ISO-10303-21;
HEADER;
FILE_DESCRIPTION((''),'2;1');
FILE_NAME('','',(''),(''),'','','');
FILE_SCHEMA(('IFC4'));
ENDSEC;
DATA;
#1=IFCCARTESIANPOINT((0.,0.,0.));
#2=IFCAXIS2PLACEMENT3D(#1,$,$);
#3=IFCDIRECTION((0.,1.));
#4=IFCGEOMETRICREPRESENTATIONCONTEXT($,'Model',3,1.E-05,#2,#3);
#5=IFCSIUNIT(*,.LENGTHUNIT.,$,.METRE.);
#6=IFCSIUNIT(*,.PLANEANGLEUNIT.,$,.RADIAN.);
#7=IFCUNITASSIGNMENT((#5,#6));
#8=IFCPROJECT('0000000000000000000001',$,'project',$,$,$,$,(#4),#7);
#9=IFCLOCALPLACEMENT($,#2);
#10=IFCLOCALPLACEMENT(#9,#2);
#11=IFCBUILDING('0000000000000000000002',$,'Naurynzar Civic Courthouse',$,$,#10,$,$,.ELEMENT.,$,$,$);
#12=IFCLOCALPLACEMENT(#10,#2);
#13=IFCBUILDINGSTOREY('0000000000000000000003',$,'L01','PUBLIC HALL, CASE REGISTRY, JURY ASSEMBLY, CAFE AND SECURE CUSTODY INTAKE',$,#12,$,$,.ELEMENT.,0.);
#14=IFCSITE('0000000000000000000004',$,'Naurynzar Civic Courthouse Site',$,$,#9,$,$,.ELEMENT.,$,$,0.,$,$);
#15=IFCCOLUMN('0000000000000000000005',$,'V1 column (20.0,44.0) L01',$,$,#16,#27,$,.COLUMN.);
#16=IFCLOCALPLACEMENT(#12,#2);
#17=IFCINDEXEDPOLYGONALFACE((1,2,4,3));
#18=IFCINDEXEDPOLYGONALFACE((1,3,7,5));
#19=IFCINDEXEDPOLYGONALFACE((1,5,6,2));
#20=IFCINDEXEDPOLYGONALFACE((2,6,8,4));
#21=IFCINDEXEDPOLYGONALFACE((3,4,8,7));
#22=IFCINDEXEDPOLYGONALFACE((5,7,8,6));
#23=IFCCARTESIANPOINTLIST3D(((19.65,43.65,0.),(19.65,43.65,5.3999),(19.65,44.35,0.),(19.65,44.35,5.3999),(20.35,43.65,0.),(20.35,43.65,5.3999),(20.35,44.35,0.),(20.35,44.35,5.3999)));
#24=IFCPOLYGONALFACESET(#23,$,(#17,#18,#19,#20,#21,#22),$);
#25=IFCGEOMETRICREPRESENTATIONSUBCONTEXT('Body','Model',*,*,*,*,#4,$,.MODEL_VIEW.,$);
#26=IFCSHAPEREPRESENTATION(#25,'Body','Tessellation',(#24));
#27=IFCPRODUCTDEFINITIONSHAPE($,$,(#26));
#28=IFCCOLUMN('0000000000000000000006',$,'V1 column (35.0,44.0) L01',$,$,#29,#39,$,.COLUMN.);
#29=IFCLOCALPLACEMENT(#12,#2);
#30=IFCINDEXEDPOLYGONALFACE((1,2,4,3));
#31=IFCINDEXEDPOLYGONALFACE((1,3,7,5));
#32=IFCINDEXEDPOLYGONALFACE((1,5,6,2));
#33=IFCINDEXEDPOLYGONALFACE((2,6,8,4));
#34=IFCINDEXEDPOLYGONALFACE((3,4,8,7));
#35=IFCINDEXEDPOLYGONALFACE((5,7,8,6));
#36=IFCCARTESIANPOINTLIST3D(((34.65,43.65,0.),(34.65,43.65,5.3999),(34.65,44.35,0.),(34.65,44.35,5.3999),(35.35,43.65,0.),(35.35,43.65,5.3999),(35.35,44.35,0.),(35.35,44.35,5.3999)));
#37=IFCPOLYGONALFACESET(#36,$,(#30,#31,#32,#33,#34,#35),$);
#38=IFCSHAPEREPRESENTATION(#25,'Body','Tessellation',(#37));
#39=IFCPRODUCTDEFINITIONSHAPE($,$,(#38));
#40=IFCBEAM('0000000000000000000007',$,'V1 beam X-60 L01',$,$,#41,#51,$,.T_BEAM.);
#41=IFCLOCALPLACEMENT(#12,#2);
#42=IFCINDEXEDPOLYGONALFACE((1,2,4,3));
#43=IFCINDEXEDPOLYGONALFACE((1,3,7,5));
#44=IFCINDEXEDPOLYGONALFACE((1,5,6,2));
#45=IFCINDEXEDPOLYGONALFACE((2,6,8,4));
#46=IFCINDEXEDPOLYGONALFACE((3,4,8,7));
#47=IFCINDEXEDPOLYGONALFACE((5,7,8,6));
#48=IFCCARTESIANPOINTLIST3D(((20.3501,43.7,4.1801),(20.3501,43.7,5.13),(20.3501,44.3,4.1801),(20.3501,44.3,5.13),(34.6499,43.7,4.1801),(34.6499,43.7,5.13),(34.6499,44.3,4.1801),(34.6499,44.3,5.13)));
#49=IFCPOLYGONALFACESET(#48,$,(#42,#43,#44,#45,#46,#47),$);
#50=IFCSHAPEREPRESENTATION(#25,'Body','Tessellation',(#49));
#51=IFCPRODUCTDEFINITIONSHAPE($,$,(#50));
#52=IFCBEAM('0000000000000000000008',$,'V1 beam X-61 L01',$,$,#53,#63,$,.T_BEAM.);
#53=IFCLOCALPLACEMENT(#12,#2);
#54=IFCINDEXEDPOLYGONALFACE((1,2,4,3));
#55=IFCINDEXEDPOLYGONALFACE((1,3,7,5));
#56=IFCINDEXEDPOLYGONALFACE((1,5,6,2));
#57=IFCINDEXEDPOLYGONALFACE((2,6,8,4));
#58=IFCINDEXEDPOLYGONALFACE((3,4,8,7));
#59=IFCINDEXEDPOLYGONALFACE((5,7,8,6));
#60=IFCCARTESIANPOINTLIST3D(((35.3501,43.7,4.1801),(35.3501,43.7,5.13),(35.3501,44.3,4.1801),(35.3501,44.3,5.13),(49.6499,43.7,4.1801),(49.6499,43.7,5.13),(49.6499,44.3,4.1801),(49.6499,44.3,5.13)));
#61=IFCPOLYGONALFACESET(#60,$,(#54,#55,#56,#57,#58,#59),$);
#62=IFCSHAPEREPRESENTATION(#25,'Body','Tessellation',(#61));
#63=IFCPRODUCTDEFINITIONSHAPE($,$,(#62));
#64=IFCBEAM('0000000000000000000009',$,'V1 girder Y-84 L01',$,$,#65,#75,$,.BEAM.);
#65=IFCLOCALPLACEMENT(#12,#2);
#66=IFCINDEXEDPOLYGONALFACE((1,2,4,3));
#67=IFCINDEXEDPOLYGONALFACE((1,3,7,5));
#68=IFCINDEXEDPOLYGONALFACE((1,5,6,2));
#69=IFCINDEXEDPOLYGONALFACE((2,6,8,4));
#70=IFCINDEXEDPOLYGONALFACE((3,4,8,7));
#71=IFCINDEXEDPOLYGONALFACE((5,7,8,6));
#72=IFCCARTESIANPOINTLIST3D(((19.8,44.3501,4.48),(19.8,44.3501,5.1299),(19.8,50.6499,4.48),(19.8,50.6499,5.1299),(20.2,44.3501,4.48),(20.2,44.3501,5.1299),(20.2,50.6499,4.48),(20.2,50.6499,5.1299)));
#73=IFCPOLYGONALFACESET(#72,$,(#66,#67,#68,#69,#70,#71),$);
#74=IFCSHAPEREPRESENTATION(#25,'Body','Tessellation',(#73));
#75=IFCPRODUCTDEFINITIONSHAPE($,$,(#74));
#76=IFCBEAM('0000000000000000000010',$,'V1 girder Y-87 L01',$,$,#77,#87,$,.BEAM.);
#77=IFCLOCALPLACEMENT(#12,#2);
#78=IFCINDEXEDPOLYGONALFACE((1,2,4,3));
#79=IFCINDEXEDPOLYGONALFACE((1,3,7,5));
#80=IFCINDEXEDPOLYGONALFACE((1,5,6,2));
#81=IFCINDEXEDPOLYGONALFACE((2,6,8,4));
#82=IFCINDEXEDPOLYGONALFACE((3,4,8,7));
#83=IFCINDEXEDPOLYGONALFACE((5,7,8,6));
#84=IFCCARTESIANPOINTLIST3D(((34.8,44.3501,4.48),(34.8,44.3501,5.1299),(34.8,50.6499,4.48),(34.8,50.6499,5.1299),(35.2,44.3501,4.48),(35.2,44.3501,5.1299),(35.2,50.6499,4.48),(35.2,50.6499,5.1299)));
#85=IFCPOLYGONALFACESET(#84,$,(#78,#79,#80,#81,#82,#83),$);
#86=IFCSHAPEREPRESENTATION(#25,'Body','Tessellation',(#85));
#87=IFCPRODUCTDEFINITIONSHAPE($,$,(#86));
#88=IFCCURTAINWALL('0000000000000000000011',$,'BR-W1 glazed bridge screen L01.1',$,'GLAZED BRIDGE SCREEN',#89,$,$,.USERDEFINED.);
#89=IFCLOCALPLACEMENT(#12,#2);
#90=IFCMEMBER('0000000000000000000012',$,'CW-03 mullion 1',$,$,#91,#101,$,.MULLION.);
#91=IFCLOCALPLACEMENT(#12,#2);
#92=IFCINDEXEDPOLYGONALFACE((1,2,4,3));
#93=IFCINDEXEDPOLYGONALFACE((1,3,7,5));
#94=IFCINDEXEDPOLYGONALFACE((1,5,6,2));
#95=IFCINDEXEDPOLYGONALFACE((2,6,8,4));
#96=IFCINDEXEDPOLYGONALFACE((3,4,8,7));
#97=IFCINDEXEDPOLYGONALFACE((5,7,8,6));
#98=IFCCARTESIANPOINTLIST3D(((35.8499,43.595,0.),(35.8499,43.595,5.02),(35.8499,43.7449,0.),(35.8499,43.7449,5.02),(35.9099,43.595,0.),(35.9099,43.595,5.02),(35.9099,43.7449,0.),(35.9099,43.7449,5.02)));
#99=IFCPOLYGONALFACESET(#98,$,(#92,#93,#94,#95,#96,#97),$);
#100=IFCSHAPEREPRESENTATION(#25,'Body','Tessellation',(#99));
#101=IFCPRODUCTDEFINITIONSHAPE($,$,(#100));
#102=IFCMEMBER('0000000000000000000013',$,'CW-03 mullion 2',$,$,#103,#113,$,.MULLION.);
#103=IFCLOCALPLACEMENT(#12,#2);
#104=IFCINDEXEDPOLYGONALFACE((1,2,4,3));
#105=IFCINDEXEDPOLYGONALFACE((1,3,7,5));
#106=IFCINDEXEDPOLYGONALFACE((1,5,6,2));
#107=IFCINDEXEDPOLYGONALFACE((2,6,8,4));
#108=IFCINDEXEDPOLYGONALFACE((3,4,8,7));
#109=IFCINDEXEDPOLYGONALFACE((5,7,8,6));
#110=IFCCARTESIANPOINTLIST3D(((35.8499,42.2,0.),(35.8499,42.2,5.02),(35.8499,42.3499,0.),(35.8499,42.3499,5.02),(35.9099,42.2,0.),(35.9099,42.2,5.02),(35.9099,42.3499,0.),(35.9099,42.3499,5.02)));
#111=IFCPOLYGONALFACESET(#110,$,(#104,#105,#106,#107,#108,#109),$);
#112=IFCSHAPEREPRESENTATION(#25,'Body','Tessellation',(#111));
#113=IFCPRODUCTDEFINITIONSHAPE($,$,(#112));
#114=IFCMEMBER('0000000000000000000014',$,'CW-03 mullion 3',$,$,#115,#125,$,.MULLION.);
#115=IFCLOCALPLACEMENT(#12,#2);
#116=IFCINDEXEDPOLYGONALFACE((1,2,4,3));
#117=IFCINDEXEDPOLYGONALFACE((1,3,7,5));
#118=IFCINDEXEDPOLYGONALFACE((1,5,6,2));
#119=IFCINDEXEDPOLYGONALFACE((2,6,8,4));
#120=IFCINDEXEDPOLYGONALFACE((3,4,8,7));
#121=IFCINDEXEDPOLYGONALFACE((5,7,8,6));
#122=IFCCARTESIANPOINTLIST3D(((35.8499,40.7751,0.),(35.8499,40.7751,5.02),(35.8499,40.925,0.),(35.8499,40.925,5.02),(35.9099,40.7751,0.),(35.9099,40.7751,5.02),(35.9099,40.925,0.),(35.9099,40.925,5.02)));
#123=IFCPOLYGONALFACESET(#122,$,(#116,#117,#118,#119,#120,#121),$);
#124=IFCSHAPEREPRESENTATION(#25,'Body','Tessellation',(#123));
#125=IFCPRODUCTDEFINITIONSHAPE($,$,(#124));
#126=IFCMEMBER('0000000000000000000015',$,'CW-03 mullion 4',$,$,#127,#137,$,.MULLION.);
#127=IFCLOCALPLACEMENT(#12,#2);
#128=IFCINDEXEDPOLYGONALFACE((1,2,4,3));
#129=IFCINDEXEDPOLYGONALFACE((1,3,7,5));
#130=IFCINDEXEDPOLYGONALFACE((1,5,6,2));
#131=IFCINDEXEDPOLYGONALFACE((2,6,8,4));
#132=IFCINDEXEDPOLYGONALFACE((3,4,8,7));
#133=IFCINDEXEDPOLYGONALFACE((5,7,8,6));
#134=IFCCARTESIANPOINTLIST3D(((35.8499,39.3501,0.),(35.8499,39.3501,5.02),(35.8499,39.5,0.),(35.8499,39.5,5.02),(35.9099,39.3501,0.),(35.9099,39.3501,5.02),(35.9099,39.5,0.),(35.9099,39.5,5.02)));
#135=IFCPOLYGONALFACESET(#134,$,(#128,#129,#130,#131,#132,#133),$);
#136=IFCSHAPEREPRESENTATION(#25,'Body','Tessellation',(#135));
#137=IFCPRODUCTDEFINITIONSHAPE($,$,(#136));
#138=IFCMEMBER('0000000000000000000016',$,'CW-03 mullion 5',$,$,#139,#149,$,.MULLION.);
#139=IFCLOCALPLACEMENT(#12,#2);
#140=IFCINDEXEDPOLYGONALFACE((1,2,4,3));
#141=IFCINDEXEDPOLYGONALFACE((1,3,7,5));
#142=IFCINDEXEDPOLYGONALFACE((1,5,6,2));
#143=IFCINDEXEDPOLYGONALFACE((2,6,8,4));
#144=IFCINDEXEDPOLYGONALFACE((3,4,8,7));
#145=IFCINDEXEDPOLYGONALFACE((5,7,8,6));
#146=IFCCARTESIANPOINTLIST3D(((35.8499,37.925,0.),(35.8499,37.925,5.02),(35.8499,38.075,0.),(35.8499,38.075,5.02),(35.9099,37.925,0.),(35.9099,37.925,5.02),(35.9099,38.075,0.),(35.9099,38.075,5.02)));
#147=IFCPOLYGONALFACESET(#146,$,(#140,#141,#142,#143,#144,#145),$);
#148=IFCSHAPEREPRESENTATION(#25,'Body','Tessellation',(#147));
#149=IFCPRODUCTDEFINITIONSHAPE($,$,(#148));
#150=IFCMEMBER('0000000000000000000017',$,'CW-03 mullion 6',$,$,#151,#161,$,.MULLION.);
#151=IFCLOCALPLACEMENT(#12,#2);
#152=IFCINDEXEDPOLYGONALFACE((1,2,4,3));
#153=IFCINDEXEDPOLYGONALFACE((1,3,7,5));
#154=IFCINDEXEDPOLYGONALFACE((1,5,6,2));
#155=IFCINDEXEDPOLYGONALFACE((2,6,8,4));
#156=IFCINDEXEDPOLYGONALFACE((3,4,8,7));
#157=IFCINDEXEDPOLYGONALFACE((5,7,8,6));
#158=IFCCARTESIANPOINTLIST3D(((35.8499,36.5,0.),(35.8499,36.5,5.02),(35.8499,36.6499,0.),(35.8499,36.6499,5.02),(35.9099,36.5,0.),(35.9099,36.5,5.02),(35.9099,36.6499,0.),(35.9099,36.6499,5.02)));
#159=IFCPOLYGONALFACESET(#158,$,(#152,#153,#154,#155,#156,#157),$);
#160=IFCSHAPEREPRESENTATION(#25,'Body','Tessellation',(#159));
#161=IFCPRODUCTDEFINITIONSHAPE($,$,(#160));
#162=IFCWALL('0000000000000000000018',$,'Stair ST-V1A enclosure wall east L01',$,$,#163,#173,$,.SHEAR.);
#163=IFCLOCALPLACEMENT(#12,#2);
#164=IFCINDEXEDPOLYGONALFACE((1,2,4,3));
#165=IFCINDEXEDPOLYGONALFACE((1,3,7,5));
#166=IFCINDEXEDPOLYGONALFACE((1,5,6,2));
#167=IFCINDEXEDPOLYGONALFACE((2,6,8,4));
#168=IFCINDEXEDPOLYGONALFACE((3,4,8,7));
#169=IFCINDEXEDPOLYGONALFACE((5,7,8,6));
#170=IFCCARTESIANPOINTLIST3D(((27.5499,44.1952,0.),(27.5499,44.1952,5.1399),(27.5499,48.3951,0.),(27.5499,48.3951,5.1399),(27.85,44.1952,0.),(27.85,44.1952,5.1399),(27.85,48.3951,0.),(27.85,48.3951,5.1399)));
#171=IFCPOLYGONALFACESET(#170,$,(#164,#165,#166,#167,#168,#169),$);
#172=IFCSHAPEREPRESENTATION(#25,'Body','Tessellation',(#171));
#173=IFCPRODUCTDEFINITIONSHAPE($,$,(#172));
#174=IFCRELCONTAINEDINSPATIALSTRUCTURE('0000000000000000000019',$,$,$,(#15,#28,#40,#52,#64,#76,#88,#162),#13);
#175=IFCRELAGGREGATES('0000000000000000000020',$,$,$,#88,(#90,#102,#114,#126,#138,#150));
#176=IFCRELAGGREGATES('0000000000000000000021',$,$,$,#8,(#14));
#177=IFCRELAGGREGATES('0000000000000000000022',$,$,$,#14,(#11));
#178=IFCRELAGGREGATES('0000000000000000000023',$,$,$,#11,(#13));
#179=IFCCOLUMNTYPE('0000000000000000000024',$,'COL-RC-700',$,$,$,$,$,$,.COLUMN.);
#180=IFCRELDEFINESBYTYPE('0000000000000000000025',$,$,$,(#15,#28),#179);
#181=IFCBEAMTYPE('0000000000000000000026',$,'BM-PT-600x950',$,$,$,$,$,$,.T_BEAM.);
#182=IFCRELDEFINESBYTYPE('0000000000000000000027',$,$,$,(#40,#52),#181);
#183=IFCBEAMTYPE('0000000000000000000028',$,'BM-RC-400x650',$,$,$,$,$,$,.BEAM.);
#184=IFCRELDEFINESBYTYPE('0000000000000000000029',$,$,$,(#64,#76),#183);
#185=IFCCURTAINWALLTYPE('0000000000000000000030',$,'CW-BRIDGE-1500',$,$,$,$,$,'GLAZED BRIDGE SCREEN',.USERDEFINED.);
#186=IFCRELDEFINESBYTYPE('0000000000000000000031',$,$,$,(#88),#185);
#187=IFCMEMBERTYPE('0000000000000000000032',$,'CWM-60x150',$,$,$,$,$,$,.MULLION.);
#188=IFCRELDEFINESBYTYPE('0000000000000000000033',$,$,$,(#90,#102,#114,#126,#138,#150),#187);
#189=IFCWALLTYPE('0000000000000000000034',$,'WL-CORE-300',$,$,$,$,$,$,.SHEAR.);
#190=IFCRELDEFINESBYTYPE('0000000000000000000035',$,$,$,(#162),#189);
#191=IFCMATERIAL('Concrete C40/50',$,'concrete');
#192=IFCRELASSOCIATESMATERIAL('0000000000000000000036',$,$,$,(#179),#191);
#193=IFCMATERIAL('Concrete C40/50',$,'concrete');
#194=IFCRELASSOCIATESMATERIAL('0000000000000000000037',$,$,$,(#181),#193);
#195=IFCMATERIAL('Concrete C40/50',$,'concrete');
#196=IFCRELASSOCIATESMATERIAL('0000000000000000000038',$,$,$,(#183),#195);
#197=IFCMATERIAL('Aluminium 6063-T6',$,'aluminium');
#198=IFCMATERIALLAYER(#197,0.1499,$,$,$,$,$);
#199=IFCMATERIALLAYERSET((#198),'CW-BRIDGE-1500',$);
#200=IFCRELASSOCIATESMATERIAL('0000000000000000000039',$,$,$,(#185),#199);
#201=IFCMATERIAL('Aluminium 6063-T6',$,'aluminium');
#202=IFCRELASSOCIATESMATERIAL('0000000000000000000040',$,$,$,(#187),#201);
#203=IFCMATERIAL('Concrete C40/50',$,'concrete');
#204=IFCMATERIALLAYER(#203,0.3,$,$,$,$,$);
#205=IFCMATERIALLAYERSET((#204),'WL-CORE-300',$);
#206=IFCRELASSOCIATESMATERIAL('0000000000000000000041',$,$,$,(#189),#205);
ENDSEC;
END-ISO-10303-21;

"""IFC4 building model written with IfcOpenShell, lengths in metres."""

from ifc_helpers import new_model, si_unit, direction, frame, frame_2d, origin, origin_2d, place, context, subcontext, project, spatial, rectangle, extrude, material, layer, layer_set, material_profile, profile_set, type_object, element, aggregate, save


model = new_model("IFC4")

# Units and contexts
model_context = context("Model", 3, precision=1e-05, world=origin(), true_north=direction((0.0, 1.0)))
body_context = subcontext(model_context, "Body", "Model", "MODEL_VIEW")
ifc_project = project(units=[si_unit("LENGTHUNIT", "METRE"), si_unit("PLANEANGLEUNIT", "RADIAN")], contexts=[model_context])

# Site, building, storey
site_placement = place(None, origin())
site = spatial("IfcSite", under=ifc_project, at=site_placement, Name="Naurynzar Civic Courthouse Site", CompositionType="ELEMENT", RefElevation=0.0)
building_placement = place(site_placement, origin())
building = spatial("IfcBuilding", under=site, at=building_placement, Name="Naurynzar Civic Courthouse", CompositionType="ELEMENT")
storey_placement = place(building_placement, origin())
storey = spatial("IfcBuildingStorey", under=building, at=storey_placement, Name="L01", Description="PUBLIC HALL, CASE REGISTRY, JURY ASSEMBLY, CAFE AND SECURE CUSTODY INTAKE", CompositionType="ELEMENT", Elevation=0.0)

# Columns
ifc_material_1 = material(Name="Concrete C40/50", Category="concrete")
ifc_material_profile_1 = material_profile(ifc_material_1, rectangle(XDim=0.7, YDim=0.7, at=origin_2d()), Name="RC 700x700")
ifc_profile_set_1 = profile_set([ifc_material_profile_1], Name="Concrete C40/50")
column_type = type_object("IfcColumnType", Name="COL-RC-700", PredefinedType="COLUMN", material=ifc_profile_set_1)
for number, where, z_axis, x_axis, name in (
    (1, (20.0, 44.0, 0.0), (0.0, 0.0, 1.0), (1.0, 0.0, 0.0), "V1 column (20.0,44.0) L01"),
    (2, (35.0, 44.0, 0.0), (0.0, 0.0, 1.0), (1.0, 0.0, 0.0), "V1 column (35.0,44.0) L01"),
):
    element("IfcColumn", number, at=place(storey_placement, frame(where, z_axis=z_axis, x_axis=x_axis)), inside=storey, type_object=column_type, Name=name, PredefinedType="COLUMN", context=body_context, shape_type="SweptSolid", body=[
        extrude(rectangle(XDim=0.7, YDim=0.7, at=origin_2d()), origin(), (0.0, 0.0, 1.0), 5.3999),
    ])

# Beams
ifc_material_2 = material(Name="Concrete C40/50", Category="concrete")
ifc_material_profile_2 = material_profile(ifc_material_2, rectangle(XDim=0.6001, YDim=0.95, at=origin_2d()), Name="PTB 600x950")
ifc_profile_set_2 = profile_set([ifc_material_profile_2], Name="Concrete C40/50")
beam_type_1 = type_object("IfcBeamType", Name="BM-PT-600x950", PredefinedType="T_BEAM", material=ifc_profile_set_2)
for number, where, z_axis, x_axis, name in (
    (3, (20.3501, 44.0, 4.655), (1.0, 0.0, 0.0), (0.0, 1.0, 0.0), "V1 beam X-60 L01"),
    (4, (35.3501, 44.0, 4.655), (1.0, 0.0, 0.0), (0.0, 1.0, 0.0), "V1 beam X-61 L01"),
):
    element("IfcBeam", number, at=place(storey_placement, frame(where, z_axis=z_axis, x_axis=x_axis)), inside=storey, type_object=beam_type_1, Name=name, PredefinedType="T_BEAM", context=body_context, shape_type="SweptSolid", body=[
        extrude(rectangle(XDim=0.6001, YDim=0.95, at=origin_2d()), origin(), (0.0, 0.0, 1.0), 14.2998),
    ])
ifc_material_3 = material(Name="Concrete C40/50", Category="concrete")
ifc_material_profile_3 = material_profile(ifc_material_3, rectangle(XDim=0.3999, YDim=0.6499, at=origin_2d()), Name="RCB 400x650")
ifc_profile_set_3 = profile_set([ifc_material_profile_3], Name="Concrete C40/50")
beam_type_2 = type_object("IfcBeamType", Name="BM-RC-400x650", PredefinedType="BEAM", material=ifc_profile_set_3)
for number, where, z_axis, x_axis, name in (
    (5, (20.0, 44.3501, 4.8049), (0.0, 1.0, 0.0), (-1.0, 0.0, 0.0), "V1 girder Y-84 L01"),
    (6, (35.0, 44.3501, 4.8049), (0.0, 1.0, 0.0), (-1.0, 0.0, 0.0), "V1 girder Y-87 L01"),
):
    element("IfcBeam", number, at=place(storey_placement, frame(where, z_axis=z_axis, x_axis=x_axis)), inside=storey, type_object=beam_type_2, Name=name, PredefinedType="BEAM", context=body_context, shape_type="SweptSolid", body=[
        extrude(rectangle(XDim=0.3999, YDim=0.6499, at=origin_2d()), origin(), (0.0, 0.0, 1.0), 6.2998),
    ])

# Curtain wall, members
ifc_material_4 = material(Name="Aluminium 6063-T6", Category="aluminium")
ifc_layer_1 = layer(ifc_material_4, 0.1499)
ifc_layer_set_1 = layer_set([ifc_layer_1], Name="CW-BRIDGE-1500")
curtain_wall_type = type_object("IfcCurtainWallType", Name="CW-BRIDGE-1500", ElementType="GLAZED BRIDGE SCREEN", PredefinedType="USERDEFINED", material=ifc_layer_set_1)
curtain_wall_placement = place(storey_placement, origin())
curtain_wall = element("IfcCurtainWall", 7, at=curtain_wall_placement, inside=storey, type_object=curtain_wall_type, Name="BR-W1 glazed bridge screen L01.1", ObjectType="GLAZED BRIDGE SCREEN", PredefinedType="USERDEFINED")
ifc_material_5 = material(Name="Aluminium 6063-T6", Category="aluminium")
ifc_material_profile_4 = material_profile(ifc_material_5, rectangle(XDim=0.0601, YDim=0.1499, at=origin_2d()), Name="ALU MULLION 60x150")
ifc_profile_set_4 = profile_set([ifc_material_profile_4], Name="Aluminium 6063-T6")
member_type = type_object("IfcMemberType", Name="CWM-60x150", PredefinedType="MULLION", material=ifc_profile_set_4)
member_1_placement = place(storey_placement, frame((35.8799, 43.6699, 0.0), z_axis=(0.0, 0.0, 1.0), x_axis=(1.0, 0.0, 0.0)))
member_1 = element("IfcMember", 8, at=member_1_placement, type_object=member_type, Name="CW-03 mullion 1", PredefinedType="MULLION", context=body_context, shape_type="SweptSolid", body=[
    extrude(rectangle(XDim=0.0601, YDim=0.1499, at=origin_2d()), origin(), (0.0, 0.0, 1.0), 5.02),
])
member_2_placement = place(storey_placement, frame((35.8799, 42.2749, 0.0), z_axis=(0.0, 0.0, 1.0), x_axis=(1.0, 0.0, 0.0)))
member_2 = element("IfcMember", 9, at=member_2_placement, type_object=member_type, Name="CW-03 mullion 2", PredefinedType="MULLION", context=body_context, shape_type="SweptSolid", body=[
    extrude(rectangle(XDim=0.0601, YDim=0.1499, at=origin_2d()), origin(), (0.0, 0.0, 1.0), 5.02),
])
member_3_placement = place(storey_placement, frame((35.8799, 40.8501, 0.0), z_axis=(0.0, 0.0, 1.0), x_axis=(1.0, 0.0, 0.0)))
member_3 = element("IfcMember", 10, at=member_3_placement, type_object=member_type, Name="CW-03 mullion 3", PredefinedType="MULLION", context=body_context, shape_type="SweptSolid", body=[
    extrude(rectangle(XDim=0.0601, YDim=0.1499, at=origin_2d()), origin(), (0.0, 0.0, 1.0), 5.02),
])
member_4_placement = place(storey_placement, frame((35.8799, 39.425, 0.0), z_axis=(0.0, 0.0, 1.0), x_axis=(1.0, 0.0, 0.0)))
member_4 = element("IfcMember", 11, at=member_4_placement, type_object=member_type, Name="CW-03 mullion 4", PredefinedType="MULLION", context=body_context, shape_type="SweptSolid", body=[
    extrude(rectangle(XDim=0.0601, YDim=0.1499, at=origin_2d()), origin(), (0.0, 0.0, 1.0), 5.02),
])
member_5_placement = place(storey_placement, frame((35.8799, 38.0, 0.0), z_axis=(0.0, 0.0, 1.0), x_axis=(1.0, 0.0, 0.0)))
member_5 = element("IfcMember", 12, at=member_5_placement, type_object=member_type, Name="CW-03 mullion 5", PredefinedType="MULLION", context=body_context, shape_type="SweptSolid", body=[
    extrude(rectangle(XDim=0.0601, YDim=0.1499, at=origin_2d()), origin(), (0.0, 0.0, 1.0), 5.02),
])
member_6_placement = place(storey_placement, frame((35.8799, 36.575, 0.0), z_axis=(0.0, 0.0, 1.0), x_axis=(1.0, 0.0, 0.0)))
member_6 = element("IfcMember", 13, at=member_6_placement, type_object=member_type, Name="CW-03 mullion 6", PredefinedType="MULLION", context=body_context, shape_type="SweptSolid", body=[
    extrude(rectangle(XDim=0.0601, YDim=0.1499, at=origin_2d()), origin(), (0.0, 0.0, 1.0), 5.02),
])
aggregate(curtain_wall, [member_1, member_2, member_3, member_4, member_5, member_6])

# Wall
ifc_material_6 = material(Name="Concrete C40/50", Category="concrete")
ifc_layer_2 = layer(ifc_material_6, 0.3)
ifc_layer_set_2 = layer_set([ifc_layer_2], Name="WL-CORE-300")
wall_type_1 = type_object("IfcWallType", Name="WL-CORE-300", PredefinedType="SHEAR", material=ifc_layer_set_2)
wall_1_placement = place(storey_placement, frame((27.7, 44.1951, 0.0), z_axis=(0.0, 0.0, 1.0), x_axis=(0.0, 1.0, 0.0)))
element("IfcWall", 14, at=wall_1_placement, inside=storey, type_object=wall_type_1, Name="Stair ST-V1A enclosure wall east L01", PredefinedType="SHEAR", context=body_context, shape_type="SweptSolid", body=[
    extrude(rectangle(XDim=4.2, YDim=0.3, at=frame_2d((2.1001, 0.0))), origin(), (0.0, 0.0, 1.0), 5.1399),
])

save(model, "model.ifc")
